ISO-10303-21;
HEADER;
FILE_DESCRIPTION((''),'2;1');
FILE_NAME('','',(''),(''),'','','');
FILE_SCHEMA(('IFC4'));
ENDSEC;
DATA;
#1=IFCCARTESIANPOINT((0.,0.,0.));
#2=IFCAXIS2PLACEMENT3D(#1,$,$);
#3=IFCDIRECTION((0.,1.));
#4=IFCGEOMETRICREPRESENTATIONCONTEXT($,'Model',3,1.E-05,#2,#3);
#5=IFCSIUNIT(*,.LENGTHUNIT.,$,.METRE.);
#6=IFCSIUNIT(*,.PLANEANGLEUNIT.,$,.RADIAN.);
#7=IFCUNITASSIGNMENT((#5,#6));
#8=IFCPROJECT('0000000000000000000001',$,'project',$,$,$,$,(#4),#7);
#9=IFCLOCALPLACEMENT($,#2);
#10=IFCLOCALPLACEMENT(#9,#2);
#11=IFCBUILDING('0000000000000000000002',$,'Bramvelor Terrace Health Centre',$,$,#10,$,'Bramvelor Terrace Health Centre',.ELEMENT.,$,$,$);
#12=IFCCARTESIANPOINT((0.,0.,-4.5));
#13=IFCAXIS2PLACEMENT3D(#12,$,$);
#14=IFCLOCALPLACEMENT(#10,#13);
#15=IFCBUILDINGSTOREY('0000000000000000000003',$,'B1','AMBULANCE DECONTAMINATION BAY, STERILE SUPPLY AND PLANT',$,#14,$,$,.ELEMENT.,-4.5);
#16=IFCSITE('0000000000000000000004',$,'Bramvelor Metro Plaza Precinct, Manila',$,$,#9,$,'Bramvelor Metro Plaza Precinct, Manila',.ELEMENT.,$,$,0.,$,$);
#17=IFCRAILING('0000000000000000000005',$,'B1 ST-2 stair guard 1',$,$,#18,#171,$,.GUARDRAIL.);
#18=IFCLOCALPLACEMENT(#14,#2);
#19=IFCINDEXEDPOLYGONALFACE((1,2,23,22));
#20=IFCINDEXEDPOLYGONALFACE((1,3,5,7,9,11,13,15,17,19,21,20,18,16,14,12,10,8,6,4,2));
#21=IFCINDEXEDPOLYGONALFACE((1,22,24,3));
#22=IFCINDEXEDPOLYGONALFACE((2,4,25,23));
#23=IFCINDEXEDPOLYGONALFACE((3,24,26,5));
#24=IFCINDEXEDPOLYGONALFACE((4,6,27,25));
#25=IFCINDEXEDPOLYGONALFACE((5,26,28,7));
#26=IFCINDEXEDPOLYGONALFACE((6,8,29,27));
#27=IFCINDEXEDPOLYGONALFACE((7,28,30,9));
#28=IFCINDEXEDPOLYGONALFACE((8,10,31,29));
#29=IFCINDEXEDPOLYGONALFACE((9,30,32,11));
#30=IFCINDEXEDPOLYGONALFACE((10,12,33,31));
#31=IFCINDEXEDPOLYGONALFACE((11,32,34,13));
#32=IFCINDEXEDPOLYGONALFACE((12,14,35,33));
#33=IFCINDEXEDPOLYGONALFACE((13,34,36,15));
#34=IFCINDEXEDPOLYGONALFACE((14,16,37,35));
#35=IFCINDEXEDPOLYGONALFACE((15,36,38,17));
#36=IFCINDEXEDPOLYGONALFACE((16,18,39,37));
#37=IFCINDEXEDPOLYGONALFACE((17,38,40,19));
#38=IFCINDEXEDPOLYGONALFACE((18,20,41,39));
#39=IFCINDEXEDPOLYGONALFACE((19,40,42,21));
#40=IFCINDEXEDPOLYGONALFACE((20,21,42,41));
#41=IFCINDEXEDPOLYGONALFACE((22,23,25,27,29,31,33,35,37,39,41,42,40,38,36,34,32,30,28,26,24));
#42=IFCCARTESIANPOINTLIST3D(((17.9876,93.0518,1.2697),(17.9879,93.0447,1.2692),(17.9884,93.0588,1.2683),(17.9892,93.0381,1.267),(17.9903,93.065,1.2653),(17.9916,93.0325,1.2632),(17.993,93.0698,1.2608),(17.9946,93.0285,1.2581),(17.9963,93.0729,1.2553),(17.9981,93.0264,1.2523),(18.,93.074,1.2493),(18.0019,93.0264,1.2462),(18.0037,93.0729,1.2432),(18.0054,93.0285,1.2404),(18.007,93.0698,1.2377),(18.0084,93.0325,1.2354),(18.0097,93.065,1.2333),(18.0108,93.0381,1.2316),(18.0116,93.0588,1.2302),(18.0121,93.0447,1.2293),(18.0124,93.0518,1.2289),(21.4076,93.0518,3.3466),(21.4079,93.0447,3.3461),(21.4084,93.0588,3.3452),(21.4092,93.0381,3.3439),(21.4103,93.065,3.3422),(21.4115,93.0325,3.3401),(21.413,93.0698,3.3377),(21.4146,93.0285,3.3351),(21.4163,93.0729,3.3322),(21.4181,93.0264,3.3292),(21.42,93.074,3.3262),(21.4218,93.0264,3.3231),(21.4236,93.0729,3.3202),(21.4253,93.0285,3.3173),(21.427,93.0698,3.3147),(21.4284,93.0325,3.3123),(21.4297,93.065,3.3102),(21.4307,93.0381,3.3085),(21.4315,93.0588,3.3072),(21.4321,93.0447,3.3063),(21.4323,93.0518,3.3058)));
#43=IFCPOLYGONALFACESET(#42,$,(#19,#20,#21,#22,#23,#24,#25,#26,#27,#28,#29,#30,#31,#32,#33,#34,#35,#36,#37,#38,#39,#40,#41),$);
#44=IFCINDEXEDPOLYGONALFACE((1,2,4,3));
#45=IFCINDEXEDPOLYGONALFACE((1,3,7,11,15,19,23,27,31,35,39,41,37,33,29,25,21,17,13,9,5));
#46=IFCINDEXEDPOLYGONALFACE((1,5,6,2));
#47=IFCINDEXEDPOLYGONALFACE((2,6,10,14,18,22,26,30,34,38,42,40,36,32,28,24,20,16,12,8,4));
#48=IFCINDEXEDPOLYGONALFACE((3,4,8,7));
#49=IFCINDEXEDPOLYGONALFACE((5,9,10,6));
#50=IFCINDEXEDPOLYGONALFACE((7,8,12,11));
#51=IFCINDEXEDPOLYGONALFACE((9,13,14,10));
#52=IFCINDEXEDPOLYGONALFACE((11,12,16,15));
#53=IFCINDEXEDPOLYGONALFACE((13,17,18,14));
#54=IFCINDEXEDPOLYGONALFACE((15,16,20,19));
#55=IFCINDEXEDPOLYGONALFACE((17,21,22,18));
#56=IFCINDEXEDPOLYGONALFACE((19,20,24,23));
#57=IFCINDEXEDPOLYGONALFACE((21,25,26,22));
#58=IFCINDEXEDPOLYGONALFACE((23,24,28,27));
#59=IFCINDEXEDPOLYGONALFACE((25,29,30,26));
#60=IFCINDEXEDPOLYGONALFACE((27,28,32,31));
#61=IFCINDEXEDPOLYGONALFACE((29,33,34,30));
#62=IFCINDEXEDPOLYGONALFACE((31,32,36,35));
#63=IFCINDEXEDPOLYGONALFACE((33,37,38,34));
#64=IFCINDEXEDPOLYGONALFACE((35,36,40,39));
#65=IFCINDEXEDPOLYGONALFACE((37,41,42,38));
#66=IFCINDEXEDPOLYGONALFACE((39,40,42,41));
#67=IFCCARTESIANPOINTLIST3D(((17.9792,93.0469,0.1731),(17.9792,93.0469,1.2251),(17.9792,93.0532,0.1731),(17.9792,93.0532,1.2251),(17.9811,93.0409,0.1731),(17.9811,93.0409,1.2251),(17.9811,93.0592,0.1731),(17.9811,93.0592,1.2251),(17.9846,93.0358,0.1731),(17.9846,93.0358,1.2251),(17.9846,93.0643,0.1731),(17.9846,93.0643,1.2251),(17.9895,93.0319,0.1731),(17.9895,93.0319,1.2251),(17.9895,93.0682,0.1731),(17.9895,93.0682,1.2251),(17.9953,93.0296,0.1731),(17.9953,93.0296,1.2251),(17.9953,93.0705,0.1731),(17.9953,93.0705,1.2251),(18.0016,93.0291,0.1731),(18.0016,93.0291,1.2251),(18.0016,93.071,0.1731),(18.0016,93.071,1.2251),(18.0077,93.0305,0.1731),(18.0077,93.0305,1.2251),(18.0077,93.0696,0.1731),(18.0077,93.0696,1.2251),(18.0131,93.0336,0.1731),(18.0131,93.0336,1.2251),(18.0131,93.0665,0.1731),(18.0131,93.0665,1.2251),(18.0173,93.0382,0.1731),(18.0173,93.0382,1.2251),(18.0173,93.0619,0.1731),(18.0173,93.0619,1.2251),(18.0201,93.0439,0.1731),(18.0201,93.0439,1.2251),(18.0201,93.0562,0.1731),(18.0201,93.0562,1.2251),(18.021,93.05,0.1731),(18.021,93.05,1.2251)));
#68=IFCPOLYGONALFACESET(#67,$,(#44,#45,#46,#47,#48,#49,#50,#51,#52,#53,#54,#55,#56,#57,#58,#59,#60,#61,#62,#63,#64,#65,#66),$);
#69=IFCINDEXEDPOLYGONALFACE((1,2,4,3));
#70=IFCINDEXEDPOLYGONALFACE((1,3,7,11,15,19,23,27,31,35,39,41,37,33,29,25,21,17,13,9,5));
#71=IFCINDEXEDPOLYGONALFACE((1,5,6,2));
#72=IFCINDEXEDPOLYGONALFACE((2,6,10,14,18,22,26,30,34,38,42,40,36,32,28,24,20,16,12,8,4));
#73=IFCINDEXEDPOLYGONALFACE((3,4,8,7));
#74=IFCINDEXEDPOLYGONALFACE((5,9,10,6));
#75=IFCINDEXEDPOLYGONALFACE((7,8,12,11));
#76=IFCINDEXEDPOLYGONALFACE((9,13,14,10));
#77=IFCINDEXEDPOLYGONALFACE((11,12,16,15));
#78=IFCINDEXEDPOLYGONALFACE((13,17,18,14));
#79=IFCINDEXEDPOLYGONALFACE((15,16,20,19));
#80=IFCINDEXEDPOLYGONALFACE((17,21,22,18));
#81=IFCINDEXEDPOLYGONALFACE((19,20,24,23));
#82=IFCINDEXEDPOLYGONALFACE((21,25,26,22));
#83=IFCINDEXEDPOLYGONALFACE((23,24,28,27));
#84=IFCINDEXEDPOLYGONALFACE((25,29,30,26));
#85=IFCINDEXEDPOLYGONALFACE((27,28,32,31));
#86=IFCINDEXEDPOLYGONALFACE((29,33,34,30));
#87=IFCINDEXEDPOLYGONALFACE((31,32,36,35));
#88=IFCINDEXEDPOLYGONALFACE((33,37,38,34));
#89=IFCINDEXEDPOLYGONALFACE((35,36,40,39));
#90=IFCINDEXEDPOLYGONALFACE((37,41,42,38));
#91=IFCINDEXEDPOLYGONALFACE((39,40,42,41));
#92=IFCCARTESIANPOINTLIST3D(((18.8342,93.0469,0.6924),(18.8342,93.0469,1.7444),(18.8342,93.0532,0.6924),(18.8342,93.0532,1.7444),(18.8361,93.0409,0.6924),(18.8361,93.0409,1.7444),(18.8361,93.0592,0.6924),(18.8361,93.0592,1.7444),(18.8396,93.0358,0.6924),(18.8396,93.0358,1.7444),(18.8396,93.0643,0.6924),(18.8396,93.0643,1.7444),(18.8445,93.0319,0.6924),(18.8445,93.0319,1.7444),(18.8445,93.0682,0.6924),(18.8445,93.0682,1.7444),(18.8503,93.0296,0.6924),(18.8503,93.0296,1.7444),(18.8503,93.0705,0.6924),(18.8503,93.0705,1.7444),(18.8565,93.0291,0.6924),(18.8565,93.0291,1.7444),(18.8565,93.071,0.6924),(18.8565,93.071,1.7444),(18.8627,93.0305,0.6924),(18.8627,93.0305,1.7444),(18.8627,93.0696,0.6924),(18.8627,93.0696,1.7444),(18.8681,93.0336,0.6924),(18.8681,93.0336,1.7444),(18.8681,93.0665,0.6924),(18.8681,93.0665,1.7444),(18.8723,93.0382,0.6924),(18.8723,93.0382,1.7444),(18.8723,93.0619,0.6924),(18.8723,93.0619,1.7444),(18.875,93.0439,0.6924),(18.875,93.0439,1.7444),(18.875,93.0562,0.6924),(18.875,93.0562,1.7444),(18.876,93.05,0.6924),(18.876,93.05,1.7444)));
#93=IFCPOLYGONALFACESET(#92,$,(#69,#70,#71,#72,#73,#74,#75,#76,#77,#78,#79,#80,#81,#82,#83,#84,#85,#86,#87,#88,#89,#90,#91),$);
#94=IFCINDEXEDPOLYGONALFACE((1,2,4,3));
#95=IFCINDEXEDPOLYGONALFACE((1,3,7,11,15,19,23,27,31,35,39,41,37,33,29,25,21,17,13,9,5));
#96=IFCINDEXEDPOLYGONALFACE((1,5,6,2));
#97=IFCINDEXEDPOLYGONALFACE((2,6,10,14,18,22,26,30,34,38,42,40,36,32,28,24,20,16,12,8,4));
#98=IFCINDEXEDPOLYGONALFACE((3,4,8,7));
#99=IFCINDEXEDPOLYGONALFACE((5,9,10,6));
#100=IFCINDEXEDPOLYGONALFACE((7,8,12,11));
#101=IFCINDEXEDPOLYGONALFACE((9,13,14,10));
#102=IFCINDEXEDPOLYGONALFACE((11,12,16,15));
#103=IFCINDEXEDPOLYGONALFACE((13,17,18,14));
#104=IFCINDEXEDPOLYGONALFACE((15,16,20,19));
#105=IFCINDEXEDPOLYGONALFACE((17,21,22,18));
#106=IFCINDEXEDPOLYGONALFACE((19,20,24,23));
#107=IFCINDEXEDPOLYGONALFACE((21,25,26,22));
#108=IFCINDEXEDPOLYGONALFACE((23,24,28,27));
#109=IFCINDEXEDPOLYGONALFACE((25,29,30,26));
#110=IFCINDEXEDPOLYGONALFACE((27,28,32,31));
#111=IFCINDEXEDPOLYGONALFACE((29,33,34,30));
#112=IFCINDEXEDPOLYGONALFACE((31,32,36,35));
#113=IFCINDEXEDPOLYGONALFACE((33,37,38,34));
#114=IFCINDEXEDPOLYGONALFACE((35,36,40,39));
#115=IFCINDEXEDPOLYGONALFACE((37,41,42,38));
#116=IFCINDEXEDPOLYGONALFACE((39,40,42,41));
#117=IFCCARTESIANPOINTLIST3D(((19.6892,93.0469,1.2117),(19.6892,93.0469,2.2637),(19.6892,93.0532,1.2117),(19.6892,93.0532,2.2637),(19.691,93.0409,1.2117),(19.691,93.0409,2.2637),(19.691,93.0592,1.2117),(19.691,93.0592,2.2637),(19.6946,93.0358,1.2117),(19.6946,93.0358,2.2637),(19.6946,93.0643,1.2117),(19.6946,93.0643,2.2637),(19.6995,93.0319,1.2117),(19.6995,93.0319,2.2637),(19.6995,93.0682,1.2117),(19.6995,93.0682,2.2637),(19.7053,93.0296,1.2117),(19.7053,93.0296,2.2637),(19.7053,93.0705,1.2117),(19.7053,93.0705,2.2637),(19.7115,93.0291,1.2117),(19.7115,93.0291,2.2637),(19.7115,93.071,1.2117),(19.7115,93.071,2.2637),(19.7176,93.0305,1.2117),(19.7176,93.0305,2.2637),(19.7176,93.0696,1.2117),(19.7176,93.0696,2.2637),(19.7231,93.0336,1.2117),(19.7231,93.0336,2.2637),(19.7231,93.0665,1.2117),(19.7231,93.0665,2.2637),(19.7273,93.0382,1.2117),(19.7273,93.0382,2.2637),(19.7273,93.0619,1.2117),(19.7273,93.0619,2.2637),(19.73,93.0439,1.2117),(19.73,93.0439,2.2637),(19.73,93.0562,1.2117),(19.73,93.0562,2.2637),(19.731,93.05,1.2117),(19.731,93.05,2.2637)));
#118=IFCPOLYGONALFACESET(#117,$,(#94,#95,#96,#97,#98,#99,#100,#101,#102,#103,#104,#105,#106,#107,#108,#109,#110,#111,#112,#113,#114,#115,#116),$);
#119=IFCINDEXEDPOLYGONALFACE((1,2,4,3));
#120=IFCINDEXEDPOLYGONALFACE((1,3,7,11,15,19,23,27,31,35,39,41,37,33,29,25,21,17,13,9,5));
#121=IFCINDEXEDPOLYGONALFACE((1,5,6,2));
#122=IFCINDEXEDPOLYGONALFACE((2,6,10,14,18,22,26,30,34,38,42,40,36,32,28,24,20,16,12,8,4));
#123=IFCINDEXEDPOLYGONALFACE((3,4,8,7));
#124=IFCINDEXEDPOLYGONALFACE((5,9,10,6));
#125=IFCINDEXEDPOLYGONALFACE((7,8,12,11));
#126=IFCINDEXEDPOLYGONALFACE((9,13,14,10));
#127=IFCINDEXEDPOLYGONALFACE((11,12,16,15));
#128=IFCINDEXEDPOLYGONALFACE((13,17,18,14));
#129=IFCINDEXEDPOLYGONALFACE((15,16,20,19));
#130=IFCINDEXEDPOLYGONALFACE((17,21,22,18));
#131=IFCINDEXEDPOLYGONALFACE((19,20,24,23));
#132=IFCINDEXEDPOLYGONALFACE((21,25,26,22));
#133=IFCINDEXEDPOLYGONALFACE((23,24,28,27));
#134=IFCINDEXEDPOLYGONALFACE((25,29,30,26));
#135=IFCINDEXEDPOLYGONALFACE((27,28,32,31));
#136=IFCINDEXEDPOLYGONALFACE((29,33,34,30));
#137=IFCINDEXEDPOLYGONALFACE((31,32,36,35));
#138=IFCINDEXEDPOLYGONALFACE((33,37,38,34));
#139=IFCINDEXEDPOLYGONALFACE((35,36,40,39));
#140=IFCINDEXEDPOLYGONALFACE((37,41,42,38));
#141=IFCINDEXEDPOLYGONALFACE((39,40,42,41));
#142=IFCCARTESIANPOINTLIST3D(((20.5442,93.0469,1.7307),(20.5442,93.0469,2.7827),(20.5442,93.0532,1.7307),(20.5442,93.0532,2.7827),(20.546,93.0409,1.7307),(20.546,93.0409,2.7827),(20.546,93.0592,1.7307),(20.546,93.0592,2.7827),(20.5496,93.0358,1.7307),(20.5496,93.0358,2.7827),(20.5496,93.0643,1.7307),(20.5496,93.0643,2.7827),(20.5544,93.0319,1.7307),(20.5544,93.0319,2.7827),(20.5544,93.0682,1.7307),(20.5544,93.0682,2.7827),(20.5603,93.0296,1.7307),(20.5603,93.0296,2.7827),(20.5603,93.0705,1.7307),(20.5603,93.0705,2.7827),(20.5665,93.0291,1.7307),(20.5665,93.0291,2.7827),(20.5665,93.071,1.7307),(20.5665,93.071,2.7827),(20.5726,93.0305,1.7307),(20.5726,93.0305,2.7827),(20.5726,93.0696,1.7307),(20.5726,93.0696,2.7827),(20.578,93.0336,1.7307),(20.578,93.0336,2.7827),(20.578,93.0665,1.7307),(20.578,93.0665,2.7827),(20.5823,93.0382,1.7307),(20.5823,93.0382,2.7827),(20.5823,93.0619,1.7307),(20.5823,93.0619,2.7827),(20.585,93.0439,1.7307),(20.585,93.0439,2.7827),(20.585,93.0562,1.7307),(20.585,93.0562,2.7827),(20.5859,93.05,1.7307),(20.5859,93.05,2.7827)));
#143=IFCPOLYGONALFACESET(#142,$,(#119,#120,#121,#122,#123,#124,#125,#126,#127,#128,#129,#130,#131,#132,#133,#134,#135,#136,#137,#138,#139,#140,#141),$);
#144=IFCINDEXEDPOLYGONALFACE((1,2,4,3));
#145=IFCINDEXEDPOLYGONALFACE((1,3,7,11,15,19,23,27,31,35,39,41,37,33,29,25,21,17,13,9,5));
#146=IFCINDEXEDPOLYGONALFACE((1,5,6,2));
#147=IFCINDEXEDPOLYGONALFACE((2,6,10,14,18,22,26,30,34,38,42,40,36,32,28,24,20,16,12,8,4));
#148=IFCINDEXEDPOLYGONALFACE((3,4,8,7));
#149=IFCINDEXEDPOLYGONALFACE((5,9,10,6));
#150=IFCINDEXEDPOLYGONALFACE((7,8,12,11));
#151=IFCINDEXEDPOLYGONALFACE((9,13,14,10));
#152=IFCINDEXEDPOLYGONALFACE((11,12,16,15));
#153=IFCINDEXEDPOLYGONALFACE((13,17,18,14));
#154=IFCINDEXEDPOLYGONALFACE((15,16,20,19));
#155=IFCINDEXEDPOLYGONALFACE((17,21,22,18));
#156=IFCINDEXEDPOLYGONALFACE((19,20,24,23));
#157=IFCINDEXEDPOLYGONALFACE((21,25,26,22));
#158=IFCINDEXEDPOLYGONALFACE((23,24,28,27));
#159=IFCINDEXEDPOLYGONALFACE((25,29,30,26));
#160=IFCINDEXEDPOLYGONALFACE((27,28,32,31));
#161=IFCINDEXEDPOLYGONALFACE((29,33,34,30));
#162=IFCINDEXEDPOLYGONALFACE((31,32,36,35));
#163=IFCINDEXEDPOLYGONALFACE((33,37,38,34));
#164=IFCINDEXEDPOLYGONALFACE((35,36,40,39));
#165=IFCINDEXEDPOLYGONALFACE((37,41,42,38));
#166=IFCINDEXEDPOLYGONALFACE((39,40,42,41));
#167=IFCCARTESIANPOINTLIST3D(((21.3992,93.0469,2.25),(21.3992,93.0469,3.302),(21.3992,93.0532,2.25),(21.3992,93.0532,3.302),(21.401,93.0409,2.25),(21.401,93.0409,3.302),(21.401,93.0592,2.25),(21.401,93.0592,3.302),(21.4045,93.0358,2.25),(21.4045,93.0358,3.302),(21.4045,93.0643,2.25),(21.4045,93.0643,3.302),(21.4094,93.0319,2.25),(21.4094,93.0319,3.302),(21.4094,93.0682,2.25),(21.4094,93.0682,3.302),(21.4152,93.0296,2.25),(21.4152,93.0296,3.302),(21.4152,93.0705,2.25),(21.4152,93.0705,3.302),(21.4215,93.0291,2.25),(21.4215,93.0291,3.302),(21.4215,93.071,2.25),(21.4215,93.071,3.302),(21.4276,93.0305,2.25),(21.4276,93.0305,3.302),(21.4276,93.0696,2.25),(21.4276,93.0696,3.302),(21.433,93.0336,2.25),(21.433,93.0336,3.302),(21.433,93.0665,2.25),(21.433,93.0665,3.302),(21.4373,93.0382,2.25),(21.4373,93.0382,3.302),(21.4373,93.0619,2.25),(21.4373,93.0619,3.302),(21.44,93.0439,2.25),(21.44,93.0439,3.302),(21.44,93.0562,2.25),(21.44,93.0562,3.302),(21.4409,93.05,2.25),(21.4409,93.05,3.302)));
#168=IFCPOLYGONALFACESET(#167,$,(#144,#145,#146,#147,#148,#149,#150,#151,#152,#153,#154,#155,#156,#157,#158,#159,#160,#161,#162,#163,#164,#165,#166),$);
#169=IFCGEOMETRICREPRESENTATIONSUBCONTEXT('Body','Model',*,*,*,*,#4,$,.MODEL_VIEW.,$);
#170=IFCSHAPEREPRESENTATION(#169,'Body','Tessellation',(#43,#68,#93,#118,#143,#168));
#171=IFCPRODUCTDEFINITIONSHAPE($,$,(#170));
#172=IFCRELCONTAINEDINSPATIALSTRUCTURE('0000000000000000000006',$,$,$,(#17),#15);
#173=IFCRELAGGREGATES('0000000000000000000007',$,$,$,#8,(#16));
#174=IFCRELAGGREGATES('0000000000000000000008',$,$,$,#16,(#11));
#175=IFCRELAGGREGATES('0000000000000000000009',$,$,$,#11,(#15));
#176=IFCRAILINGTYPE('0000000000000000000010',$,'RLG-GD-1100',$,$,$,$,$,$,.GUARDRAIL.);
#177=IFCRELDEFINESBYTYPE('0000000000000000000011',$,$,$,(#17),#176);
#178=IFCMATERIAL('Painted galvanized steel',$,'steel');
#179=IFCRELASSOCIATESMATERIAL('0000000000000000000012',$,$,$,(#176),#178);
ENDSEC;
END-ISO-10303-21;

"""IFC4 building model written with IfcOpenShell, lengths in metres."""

from ifc_helpers import new_model, si_unit, direction, frame, origin, origin_2d, place, context, subcontext, project, spatial, circle, extrude, material, type_object, element, save


model = new_model("IFC4")

# Units and contexts
model_context = context("Model", 3, precision=1e-05, world=origin(), true_north=direction((0.0, 1.0)))
body_context = subcontext(model_context, "Body", "Model", "MODEL_VIEW")
ifc_project = project(units=[si_unit("LENGTHUNIT", "METRE"), si_unit("PLANEANGLEUNIT", "RADIAN")], contexts=[model_context])

# Site, building, storey
site_placement = place(None, origin())
site = spatial("IfcSite", under=ifc_project, at=site_placement, Name="Bramvelor Metro Plaza Precinct, Manila", LongName="Bramvelor Metro Plaza Precinct, Manila", CompositionType="ELEMENT", RefElevation=0.0)
building_placement = place(site_placement, origin())
building = spatial("IfcBuilding", under=site, at=building_placement, Name="Bramvelor Terrace Health Centre", LongName="Bramvelor Terrace Health Centre", CompositionType="ELEMENT")
storey_placement = place(building_placement, frame((0.0, 0.0, -4.5)))
storey = spatial("IfcBuildingStorey", under=building, at=storey_placement, Name="B1", Description="AMBULANCE DECONTAMINATION BAY, STERILE SUPPLY AND PLANT", CompositionType="ELEMENT", Elevation=-4.5)

# Railing
ifc_material_1 = material(Name="Painted galvanized steel", Category="steel")
railing_type_1 = type_object("IfcRailingType", Name="RLG-GD-1100", PredefinedType="GUARDRAIL", material=ifc_material_1)
railing_1_placement = place(storey_placement, frame((18.0, 93.05, 0.1731)))
element("IfcRailing", 1, at=railing_1_placement, inside=storey, type_object=railing_type_1, Name="B1 ST-2 stair guard 1", PredefinedType="GUARDRAIL", context=body_context, shape_type="SweptSolid", body=[
    extrude(circle(Radius=0.0239, at=origin_2d()), frame((0.0, 0.0, 1.0762), z_axis=(0.85473, 0.0, 0.519074), x_axis=(0.0, 1.0, 0.0)), (0.0, 0.0, 1.0), 4.0012),
    extrude(circle(Radius=0.021, at=origin_2d()), origin(), (0.0, 0.0, 1.0), 1.052),
    extrude(circle(Radius=0.021, at=origin_2d()), frame((0.855, 0.0, 0.5193)), (0.0, 0.0, 1.0), 1.052),
    extrude(circle(Radius=0.021, at=origin_2d()), frame((1.71, 0.0, 1.0386)), (0.0, 0.0, 1.0), 1.052),
    extrude(circle(Radius=0.021, at=origin_2d()), frame((2.5649, 0.0, 1.5576)), (0.0, 0.0, 1.0), 1.052),
    extrude(circle(Radius=0.021, at=origin_2d()), frame((3.4199, 0.0, 2.0769)), (0.0, 0.0, 1.0), 1.052),
])

save(model, "model.ifc")
